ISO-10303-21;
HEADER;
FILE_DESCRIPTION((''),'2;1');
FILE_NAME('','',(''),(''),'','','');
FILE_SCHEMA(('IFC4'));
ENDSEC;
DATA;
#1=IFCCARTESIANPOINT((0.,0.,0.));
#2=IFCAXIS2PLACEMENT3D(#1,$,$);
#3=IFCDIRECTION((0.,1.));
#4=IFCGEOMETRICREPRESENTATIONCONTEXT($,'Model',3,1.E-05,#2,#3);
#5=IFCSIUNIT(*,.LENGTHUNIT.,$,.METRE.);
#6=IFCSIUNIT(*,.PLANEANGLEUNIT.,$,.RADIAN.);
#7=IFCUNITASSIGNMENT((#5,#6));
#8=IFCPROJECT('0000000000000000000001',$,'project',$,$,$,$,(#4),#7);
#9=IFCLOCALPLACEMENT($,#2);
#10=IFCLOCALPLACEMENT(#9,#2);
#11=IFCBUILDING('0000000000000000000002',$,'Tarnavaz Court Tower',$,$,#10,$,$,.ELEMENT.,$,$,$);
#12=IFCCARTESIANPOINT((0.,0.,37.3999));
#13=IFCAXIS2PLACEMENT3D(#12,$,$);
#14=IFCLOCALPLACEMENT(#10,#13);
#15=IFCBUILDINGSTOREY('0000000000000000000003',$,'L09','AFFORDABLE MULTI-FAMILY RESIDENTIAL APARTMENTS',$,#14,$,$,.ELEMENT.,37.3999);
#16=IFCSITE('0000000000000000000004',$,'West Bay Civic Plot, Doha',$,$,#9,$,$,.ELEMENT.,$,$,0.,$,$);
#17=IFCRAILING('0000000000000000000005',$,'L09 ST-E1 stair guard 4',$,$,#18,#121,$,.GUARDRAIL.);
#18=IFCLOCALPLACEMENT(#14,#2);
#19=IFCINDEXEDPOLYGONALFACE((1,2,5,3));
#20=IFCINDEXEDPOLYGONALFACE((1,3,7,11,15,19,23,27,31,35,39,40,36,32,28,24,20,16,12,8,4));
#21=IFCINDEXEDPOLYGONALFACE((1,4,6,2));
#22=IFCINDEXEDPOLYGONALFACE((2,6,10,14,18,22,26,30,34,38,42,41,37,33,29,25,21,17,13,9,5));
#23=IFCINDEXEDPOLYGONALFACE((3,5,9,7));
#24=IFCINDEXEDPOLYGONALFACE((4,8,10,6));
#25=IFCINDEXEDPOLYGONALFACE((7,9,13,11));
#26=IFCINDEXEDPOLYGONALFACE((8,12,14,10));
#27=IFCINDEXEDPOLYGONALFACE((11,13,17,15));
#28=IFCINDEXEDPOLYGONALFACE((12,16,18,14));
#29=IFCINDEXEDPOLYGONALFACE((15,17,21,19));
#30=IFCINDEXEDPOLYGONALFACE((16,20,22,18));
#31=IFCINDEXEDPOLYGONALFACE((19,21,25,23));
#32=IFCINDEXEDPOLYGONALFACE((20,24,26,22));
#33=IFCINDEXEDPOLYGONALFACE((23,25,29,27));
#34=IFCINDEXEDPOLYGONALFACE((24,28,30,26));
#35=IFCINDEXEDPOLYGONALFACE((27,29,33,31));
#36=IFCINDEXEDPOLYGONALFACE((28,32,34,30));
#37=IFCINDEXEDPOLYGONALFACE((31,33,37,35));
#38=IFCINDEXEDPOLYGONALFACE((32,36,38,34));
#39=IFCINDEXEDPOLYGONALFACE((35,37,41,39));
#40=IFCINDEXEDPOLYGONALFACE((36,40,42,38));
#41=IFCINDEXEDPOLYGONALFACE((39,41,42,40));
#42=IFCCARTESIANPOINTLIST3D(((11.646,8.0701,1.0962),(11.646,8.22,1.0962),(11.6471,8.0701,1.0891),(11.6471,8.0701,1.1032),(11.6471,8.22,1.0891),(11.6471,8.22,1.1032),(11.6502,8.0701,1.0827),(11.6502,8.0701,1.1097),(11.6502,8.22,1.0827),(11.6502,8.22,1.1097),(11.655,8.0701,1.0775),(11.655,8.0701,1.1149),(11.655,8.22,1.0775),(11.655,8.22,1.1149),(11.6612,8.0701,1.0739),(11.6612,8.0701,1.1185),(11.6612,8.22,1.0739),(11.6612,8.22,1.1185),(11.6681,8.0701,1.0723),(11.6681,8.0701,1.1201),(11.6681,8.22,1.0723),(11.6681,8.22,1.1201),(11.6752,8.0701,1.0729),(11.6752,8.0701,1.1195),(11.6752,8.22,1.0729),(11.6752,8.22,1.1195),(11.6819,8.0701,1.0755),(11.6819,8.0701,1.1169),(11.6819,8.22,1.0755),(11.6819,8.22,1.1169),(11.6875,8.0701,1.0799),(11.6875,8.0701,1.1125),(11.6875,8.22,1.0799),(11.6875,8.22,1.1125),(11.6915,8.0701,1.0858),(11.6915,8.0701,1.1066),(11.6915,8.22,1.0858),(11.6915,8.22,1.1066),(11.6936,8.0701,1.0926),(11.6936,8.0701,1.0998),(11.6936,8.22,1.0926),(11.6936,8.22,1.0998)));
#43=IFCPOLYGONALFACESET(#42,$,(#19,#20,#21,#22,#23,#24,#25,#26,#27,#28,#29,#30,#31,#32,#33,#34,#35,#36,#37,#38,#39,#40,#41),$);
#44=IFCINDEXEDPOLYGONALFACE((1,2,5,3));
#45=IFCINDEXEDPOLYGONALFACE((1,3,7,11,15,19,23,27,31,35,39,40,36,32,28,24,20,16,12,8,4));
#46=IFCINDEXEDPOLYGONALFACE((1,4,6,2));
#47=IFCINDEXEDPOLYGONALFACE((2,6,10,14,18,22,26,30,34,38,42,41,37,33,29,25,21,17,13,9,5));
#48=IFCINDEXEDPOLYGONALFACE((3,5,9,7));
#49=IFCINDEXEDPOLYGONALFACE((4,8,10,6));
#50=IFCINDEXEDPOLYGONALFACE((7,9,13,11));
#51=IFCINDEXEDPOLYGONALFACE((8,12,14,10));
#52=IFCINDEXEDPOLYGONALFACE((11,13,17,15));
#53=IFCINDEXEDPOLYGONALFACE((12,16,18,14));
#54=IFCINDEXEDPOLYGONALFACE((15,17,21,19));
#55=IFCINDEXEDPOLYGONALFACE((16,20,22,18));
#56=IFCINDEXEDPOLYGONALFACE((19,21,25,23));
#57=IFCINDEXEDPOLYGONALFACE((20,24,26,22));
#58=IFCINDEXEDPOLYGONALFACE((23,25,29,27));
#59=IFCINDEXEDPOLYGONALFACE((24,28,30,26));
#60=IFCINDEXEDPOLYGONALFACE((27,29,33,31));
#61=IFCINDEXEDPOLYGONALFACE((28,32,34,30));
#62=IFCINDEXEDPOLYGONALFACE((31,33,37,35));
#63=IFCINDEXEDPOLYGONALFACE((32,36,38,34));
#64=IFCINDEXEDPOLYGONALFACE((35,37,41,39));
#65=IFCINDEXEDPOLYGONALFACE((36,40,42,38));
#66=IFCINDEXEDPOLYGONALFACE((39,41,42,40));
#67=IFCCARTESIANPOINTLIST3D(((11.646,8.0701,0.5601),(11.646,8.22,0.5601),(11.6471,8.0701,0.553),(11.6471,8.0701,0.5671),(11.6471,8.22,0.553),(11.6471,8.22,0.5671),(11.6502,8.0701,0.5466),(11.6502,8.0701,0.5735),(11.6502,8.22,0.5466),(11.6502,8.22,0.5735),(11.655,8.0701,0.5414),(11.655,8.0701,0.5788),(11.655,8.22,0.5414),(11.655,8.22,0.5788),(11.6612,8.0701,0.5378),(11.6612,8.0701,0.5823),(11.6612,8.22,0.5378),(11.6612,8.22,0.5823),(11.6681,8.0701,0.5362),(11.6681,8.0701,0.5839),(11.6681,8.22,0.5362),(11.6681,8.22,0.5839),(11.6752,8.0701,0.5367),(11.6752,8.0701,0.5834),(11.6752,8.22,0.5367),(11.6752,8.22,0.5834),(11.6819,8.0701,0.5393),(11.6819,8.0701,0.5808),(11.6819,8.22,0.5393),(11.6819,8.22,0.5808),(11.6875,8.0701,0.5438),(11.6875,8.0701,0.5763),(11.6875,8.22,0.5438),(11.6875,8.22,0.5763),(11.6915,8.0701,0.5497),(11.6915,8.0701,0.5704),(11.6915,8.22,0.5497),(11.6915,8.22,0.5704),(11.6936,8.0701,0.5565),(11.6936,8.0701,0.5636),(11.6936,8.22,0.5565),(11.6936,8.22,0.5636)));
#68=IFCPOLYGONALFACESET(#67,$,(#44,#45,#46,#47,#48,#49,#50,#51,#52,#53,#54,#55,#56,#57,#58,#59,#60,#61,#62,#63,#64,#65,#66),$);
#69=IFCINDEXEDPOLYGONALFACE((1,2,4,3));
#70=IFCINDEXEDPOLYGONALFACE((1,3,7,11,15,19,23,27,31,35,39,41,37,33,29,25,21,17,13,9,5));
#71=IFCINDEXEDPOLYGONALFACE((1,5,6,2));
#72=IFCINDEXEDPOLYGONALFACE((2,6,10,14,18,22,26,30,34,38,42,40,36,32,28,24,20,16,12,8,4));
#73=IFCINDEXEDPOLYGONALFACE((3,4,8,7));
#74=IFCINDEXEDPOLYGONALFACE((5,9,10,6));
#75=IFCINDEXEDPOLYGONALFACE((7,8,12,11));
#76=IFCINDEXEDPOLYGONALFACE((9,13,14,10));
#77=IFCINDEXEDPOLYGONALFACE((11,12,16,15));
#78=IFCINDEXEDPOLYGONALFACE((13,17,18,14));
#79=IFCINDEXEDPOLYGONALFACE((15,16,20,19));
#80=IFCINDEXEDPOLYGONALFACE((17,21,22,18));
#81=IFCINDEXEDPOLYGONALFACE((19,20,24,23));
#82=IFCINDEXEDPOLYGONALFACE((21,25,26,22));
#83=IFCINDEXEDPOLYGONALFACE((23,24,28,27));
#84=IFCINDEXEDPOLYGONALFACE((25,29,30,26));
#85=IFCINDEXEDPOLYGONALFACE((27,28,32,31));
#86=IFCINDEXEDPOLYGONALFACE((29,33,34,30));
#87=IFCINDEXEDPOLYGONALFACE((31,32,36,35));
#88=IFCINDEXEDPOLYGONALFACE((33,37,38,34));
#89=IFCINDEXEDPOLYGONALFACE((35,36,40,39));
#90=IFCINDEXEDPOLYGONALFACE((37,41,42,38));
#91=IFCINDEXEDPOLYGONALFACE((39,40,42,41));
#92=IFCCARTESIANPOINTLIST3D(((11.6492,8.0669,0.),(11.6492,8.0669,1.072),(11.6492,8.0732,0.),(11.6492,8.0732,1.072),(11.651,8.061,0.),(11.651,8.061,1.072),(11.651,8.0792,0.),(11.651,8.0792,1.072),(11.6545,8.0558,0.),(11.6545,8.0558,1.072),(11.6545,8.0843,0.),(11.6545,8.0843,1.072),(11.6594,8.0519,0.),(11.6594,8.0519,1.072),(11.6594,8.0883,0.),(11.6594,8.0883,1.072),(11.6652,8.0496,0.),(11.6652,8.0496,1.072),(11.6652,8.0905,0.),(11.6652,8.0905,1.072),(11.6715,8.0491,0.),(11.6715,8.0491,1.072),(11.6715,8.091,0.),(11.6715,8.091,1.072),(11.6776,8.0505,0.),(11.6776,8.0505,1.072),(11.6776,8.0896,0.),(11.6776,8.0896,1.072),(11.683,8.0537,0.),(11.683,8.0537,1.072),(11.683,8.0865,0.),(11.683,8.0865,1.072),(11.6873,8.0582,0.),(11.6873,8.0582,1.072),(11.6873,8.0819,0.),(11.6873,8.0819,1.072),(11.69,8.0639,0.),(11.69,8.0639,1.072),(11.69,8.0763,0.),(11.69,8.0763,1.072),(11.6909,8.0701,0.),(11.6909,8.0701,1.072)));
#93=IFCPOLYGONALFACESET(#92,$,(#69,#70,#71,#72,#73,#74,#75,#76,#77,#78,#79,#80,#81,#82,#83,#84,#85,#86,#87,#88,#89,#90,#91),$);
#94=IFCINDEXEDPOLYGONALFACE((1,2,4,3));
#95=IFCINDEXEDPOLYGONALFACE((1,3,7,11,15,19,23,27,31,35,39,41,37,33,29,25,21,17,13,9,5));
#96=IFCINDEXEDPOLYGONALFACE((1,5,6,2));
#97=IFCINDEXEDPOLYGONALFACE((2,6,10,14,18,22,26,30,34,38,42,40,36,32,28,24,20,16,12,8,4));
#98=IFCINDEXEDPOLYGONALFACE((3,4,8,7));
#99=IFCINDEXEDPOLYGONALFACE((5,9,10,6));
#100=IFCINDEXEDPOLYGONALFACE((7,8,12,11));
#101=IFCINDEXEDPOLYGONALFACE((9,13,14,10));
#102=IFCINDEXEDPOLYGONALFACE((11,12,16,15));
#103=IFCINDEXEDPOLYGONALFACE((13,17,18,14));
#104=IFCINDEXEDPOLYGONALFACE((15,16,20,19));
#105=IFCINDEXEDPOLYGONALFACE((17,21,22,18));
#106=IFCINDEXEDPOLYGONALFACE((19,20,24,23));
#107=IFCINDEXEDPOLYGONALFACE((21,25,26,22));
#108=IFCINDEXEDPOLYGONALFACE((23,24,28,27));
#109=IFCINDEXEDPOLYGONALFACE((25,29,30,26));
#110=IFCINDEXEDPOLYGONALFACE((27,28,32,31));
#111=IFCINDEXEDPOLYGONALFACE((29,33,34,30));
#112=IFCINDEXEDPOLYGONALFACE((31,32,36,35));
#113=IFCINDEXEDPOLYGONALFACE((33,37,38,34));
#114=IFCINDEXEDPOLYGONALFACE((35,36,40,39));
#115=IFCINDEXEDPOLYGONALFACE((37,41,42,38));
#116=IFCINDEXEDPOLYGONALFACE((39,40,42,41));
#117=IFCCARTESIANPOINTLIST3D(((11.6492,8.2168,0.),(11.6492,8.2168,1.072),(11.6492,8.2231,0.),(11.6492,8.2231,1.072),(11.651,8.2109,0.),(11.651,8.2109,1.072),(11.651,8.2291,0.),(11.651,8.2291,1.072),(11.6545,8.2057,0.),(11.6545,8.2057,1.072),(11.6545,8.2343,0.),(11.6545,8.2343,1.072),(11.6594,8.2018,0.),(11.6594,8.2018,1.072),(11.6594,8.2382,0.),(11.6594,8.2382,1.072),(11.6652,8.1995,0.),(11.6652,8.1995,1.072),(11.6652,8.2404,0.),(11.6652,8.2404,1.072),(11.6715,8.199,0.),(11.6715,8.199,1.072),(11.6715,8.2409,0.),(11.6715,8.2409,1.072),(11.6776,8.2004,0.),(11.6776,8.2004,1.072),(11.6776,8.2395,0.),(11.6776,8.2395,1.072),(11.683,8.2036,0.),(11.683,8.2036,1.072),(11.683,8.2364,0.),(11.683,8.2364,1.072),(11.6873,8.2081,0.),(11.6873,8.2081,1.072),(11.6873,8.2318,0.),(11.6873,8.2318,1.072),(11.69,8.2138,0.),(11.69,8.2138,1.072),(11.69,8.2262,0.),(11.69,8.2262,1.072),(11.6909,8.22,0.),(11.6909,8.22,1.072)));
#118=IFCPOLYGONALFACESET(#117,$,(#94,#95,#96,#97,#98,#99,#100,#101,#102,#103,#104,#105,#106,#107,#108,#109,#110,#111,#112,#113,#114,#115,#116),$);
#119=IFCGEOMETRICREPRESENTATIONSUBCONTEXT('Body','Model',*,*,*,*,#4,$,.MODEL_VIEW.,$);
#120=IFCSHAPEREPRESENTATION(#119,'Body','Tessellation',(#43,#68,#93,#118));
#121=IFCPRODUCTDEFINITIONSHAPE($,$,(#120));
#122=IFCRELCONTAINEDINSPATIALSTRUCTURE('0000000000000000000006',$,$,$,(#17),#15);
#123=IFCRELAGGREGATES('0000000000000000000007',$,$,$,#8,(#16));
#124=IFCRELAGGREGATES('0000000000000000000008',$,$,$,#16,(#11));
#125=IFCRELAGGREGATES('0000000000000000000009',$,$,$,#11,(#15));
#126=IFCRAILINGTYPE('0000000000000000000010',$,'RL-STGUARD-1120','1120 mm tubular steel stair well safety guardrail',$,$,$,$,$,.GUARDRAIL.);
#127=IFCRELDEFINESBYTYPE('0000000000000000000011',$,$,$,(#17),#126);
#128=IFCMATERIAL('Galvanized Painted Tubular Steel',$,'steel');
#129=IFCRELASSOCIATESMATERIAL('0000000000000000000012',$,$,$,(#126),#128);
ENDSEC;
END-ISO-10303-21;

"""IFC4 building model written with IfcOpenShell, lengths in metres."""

from ifc_helpers import new_model, si_unit, direction, frame, origin, origin_2d, place, context, subcontext, project, spatial, circle, extrude, material, type_object, element, save


model = new_model("IFC4")

# Units and contexts
model_context = context("Model", 3, precision=1e-05, world=origin(), true_north=direction((0.0, 1.0)))
body_context = subcontext(model_context, "Body", "Model", "MODEL_VIEW")
ifc_project = project(units=[si_unit("LENGTHUNIT", "METRE"), si_unit("PLANEANGLEUNIT", "RADIAN")], contexts=[model_context])

# Site, building, storey
site_placement = place(None, origin())
site = spatial("IfcSite", under=ifc_project, at=site_placement, Name="West Bay Civic Plot, Doha", CompositionType="ELEMENT", RefElevation=0.0)
building_placement = place(site_placement, origin())
building = spatial("IfcBuilding", under=site, at=building_placement, Name="Tarnavaz Court Tower", CompositionType="ELEMENT")
storey_placement = place(building_placement, frame((0.0, 0.0, 37.3999)))
storey = spatial("IfcBuildingStorey", under=building, at=storey_placement, Name="L09", Description="AFFORDABLE MULTI-FAMILY RESIDENTIAL APARTMENTS", CompositionType="ELEMENT", Elevation=37.3999)

# Railing
ifc_material_1 = material(Name="Galvanized Painted Tubular Steel", Category="steel")
railing_type_1 = type_object("IfcRailingType", Name="RL-STGUARD-1120", Description="1120 mm tubular steel stair well safety guardrail", PredefinedType="GUARDRAIL", material=ifc_material_1)
railing_1_placement = place(storey_placement, frame((11.6699, 8.0701, 0.0)))
element("IfcRailing", 1, at=railing_1_placement, inside=storey, type_object=railing_type_1, Name="L09 ST-E1 stair guard 4", PredefinedType="GUARDRAIL", context=body_context, shape_type="SweptSolid", body=[
    extrude(circle(Radius=0.0239, at=origin_2d()), frame((0.0, 0.0, 1.0962), z_axis=(0.0, 1.0, 0.0), x_axis=(-1.0, 0.0, 0.0)), (0.0, 0.0, 1.0), 0.1499),
    extrude(circle(Radius=0.0239, at=origin_2d()), frame((0.0, 0.0, 0.5601), z_axis=(0.0, 1.0, 0.0), x_axis=(-1.0, 0.0, 0.0)), (0.0, 0.0, 1.0), 0.1499),
    extrude(circle(Radius=0.021, at=origin_2d()), origin(), (0.0, 0.0, 1.0), 1.072),
    extrude(circle(Radius=0.021, at=origin_2d()), frame((0.0, 0.1499, 0.0)), (0.0, 0.0, 1.0), 1.072),
])

save(model, "model.ifc")
